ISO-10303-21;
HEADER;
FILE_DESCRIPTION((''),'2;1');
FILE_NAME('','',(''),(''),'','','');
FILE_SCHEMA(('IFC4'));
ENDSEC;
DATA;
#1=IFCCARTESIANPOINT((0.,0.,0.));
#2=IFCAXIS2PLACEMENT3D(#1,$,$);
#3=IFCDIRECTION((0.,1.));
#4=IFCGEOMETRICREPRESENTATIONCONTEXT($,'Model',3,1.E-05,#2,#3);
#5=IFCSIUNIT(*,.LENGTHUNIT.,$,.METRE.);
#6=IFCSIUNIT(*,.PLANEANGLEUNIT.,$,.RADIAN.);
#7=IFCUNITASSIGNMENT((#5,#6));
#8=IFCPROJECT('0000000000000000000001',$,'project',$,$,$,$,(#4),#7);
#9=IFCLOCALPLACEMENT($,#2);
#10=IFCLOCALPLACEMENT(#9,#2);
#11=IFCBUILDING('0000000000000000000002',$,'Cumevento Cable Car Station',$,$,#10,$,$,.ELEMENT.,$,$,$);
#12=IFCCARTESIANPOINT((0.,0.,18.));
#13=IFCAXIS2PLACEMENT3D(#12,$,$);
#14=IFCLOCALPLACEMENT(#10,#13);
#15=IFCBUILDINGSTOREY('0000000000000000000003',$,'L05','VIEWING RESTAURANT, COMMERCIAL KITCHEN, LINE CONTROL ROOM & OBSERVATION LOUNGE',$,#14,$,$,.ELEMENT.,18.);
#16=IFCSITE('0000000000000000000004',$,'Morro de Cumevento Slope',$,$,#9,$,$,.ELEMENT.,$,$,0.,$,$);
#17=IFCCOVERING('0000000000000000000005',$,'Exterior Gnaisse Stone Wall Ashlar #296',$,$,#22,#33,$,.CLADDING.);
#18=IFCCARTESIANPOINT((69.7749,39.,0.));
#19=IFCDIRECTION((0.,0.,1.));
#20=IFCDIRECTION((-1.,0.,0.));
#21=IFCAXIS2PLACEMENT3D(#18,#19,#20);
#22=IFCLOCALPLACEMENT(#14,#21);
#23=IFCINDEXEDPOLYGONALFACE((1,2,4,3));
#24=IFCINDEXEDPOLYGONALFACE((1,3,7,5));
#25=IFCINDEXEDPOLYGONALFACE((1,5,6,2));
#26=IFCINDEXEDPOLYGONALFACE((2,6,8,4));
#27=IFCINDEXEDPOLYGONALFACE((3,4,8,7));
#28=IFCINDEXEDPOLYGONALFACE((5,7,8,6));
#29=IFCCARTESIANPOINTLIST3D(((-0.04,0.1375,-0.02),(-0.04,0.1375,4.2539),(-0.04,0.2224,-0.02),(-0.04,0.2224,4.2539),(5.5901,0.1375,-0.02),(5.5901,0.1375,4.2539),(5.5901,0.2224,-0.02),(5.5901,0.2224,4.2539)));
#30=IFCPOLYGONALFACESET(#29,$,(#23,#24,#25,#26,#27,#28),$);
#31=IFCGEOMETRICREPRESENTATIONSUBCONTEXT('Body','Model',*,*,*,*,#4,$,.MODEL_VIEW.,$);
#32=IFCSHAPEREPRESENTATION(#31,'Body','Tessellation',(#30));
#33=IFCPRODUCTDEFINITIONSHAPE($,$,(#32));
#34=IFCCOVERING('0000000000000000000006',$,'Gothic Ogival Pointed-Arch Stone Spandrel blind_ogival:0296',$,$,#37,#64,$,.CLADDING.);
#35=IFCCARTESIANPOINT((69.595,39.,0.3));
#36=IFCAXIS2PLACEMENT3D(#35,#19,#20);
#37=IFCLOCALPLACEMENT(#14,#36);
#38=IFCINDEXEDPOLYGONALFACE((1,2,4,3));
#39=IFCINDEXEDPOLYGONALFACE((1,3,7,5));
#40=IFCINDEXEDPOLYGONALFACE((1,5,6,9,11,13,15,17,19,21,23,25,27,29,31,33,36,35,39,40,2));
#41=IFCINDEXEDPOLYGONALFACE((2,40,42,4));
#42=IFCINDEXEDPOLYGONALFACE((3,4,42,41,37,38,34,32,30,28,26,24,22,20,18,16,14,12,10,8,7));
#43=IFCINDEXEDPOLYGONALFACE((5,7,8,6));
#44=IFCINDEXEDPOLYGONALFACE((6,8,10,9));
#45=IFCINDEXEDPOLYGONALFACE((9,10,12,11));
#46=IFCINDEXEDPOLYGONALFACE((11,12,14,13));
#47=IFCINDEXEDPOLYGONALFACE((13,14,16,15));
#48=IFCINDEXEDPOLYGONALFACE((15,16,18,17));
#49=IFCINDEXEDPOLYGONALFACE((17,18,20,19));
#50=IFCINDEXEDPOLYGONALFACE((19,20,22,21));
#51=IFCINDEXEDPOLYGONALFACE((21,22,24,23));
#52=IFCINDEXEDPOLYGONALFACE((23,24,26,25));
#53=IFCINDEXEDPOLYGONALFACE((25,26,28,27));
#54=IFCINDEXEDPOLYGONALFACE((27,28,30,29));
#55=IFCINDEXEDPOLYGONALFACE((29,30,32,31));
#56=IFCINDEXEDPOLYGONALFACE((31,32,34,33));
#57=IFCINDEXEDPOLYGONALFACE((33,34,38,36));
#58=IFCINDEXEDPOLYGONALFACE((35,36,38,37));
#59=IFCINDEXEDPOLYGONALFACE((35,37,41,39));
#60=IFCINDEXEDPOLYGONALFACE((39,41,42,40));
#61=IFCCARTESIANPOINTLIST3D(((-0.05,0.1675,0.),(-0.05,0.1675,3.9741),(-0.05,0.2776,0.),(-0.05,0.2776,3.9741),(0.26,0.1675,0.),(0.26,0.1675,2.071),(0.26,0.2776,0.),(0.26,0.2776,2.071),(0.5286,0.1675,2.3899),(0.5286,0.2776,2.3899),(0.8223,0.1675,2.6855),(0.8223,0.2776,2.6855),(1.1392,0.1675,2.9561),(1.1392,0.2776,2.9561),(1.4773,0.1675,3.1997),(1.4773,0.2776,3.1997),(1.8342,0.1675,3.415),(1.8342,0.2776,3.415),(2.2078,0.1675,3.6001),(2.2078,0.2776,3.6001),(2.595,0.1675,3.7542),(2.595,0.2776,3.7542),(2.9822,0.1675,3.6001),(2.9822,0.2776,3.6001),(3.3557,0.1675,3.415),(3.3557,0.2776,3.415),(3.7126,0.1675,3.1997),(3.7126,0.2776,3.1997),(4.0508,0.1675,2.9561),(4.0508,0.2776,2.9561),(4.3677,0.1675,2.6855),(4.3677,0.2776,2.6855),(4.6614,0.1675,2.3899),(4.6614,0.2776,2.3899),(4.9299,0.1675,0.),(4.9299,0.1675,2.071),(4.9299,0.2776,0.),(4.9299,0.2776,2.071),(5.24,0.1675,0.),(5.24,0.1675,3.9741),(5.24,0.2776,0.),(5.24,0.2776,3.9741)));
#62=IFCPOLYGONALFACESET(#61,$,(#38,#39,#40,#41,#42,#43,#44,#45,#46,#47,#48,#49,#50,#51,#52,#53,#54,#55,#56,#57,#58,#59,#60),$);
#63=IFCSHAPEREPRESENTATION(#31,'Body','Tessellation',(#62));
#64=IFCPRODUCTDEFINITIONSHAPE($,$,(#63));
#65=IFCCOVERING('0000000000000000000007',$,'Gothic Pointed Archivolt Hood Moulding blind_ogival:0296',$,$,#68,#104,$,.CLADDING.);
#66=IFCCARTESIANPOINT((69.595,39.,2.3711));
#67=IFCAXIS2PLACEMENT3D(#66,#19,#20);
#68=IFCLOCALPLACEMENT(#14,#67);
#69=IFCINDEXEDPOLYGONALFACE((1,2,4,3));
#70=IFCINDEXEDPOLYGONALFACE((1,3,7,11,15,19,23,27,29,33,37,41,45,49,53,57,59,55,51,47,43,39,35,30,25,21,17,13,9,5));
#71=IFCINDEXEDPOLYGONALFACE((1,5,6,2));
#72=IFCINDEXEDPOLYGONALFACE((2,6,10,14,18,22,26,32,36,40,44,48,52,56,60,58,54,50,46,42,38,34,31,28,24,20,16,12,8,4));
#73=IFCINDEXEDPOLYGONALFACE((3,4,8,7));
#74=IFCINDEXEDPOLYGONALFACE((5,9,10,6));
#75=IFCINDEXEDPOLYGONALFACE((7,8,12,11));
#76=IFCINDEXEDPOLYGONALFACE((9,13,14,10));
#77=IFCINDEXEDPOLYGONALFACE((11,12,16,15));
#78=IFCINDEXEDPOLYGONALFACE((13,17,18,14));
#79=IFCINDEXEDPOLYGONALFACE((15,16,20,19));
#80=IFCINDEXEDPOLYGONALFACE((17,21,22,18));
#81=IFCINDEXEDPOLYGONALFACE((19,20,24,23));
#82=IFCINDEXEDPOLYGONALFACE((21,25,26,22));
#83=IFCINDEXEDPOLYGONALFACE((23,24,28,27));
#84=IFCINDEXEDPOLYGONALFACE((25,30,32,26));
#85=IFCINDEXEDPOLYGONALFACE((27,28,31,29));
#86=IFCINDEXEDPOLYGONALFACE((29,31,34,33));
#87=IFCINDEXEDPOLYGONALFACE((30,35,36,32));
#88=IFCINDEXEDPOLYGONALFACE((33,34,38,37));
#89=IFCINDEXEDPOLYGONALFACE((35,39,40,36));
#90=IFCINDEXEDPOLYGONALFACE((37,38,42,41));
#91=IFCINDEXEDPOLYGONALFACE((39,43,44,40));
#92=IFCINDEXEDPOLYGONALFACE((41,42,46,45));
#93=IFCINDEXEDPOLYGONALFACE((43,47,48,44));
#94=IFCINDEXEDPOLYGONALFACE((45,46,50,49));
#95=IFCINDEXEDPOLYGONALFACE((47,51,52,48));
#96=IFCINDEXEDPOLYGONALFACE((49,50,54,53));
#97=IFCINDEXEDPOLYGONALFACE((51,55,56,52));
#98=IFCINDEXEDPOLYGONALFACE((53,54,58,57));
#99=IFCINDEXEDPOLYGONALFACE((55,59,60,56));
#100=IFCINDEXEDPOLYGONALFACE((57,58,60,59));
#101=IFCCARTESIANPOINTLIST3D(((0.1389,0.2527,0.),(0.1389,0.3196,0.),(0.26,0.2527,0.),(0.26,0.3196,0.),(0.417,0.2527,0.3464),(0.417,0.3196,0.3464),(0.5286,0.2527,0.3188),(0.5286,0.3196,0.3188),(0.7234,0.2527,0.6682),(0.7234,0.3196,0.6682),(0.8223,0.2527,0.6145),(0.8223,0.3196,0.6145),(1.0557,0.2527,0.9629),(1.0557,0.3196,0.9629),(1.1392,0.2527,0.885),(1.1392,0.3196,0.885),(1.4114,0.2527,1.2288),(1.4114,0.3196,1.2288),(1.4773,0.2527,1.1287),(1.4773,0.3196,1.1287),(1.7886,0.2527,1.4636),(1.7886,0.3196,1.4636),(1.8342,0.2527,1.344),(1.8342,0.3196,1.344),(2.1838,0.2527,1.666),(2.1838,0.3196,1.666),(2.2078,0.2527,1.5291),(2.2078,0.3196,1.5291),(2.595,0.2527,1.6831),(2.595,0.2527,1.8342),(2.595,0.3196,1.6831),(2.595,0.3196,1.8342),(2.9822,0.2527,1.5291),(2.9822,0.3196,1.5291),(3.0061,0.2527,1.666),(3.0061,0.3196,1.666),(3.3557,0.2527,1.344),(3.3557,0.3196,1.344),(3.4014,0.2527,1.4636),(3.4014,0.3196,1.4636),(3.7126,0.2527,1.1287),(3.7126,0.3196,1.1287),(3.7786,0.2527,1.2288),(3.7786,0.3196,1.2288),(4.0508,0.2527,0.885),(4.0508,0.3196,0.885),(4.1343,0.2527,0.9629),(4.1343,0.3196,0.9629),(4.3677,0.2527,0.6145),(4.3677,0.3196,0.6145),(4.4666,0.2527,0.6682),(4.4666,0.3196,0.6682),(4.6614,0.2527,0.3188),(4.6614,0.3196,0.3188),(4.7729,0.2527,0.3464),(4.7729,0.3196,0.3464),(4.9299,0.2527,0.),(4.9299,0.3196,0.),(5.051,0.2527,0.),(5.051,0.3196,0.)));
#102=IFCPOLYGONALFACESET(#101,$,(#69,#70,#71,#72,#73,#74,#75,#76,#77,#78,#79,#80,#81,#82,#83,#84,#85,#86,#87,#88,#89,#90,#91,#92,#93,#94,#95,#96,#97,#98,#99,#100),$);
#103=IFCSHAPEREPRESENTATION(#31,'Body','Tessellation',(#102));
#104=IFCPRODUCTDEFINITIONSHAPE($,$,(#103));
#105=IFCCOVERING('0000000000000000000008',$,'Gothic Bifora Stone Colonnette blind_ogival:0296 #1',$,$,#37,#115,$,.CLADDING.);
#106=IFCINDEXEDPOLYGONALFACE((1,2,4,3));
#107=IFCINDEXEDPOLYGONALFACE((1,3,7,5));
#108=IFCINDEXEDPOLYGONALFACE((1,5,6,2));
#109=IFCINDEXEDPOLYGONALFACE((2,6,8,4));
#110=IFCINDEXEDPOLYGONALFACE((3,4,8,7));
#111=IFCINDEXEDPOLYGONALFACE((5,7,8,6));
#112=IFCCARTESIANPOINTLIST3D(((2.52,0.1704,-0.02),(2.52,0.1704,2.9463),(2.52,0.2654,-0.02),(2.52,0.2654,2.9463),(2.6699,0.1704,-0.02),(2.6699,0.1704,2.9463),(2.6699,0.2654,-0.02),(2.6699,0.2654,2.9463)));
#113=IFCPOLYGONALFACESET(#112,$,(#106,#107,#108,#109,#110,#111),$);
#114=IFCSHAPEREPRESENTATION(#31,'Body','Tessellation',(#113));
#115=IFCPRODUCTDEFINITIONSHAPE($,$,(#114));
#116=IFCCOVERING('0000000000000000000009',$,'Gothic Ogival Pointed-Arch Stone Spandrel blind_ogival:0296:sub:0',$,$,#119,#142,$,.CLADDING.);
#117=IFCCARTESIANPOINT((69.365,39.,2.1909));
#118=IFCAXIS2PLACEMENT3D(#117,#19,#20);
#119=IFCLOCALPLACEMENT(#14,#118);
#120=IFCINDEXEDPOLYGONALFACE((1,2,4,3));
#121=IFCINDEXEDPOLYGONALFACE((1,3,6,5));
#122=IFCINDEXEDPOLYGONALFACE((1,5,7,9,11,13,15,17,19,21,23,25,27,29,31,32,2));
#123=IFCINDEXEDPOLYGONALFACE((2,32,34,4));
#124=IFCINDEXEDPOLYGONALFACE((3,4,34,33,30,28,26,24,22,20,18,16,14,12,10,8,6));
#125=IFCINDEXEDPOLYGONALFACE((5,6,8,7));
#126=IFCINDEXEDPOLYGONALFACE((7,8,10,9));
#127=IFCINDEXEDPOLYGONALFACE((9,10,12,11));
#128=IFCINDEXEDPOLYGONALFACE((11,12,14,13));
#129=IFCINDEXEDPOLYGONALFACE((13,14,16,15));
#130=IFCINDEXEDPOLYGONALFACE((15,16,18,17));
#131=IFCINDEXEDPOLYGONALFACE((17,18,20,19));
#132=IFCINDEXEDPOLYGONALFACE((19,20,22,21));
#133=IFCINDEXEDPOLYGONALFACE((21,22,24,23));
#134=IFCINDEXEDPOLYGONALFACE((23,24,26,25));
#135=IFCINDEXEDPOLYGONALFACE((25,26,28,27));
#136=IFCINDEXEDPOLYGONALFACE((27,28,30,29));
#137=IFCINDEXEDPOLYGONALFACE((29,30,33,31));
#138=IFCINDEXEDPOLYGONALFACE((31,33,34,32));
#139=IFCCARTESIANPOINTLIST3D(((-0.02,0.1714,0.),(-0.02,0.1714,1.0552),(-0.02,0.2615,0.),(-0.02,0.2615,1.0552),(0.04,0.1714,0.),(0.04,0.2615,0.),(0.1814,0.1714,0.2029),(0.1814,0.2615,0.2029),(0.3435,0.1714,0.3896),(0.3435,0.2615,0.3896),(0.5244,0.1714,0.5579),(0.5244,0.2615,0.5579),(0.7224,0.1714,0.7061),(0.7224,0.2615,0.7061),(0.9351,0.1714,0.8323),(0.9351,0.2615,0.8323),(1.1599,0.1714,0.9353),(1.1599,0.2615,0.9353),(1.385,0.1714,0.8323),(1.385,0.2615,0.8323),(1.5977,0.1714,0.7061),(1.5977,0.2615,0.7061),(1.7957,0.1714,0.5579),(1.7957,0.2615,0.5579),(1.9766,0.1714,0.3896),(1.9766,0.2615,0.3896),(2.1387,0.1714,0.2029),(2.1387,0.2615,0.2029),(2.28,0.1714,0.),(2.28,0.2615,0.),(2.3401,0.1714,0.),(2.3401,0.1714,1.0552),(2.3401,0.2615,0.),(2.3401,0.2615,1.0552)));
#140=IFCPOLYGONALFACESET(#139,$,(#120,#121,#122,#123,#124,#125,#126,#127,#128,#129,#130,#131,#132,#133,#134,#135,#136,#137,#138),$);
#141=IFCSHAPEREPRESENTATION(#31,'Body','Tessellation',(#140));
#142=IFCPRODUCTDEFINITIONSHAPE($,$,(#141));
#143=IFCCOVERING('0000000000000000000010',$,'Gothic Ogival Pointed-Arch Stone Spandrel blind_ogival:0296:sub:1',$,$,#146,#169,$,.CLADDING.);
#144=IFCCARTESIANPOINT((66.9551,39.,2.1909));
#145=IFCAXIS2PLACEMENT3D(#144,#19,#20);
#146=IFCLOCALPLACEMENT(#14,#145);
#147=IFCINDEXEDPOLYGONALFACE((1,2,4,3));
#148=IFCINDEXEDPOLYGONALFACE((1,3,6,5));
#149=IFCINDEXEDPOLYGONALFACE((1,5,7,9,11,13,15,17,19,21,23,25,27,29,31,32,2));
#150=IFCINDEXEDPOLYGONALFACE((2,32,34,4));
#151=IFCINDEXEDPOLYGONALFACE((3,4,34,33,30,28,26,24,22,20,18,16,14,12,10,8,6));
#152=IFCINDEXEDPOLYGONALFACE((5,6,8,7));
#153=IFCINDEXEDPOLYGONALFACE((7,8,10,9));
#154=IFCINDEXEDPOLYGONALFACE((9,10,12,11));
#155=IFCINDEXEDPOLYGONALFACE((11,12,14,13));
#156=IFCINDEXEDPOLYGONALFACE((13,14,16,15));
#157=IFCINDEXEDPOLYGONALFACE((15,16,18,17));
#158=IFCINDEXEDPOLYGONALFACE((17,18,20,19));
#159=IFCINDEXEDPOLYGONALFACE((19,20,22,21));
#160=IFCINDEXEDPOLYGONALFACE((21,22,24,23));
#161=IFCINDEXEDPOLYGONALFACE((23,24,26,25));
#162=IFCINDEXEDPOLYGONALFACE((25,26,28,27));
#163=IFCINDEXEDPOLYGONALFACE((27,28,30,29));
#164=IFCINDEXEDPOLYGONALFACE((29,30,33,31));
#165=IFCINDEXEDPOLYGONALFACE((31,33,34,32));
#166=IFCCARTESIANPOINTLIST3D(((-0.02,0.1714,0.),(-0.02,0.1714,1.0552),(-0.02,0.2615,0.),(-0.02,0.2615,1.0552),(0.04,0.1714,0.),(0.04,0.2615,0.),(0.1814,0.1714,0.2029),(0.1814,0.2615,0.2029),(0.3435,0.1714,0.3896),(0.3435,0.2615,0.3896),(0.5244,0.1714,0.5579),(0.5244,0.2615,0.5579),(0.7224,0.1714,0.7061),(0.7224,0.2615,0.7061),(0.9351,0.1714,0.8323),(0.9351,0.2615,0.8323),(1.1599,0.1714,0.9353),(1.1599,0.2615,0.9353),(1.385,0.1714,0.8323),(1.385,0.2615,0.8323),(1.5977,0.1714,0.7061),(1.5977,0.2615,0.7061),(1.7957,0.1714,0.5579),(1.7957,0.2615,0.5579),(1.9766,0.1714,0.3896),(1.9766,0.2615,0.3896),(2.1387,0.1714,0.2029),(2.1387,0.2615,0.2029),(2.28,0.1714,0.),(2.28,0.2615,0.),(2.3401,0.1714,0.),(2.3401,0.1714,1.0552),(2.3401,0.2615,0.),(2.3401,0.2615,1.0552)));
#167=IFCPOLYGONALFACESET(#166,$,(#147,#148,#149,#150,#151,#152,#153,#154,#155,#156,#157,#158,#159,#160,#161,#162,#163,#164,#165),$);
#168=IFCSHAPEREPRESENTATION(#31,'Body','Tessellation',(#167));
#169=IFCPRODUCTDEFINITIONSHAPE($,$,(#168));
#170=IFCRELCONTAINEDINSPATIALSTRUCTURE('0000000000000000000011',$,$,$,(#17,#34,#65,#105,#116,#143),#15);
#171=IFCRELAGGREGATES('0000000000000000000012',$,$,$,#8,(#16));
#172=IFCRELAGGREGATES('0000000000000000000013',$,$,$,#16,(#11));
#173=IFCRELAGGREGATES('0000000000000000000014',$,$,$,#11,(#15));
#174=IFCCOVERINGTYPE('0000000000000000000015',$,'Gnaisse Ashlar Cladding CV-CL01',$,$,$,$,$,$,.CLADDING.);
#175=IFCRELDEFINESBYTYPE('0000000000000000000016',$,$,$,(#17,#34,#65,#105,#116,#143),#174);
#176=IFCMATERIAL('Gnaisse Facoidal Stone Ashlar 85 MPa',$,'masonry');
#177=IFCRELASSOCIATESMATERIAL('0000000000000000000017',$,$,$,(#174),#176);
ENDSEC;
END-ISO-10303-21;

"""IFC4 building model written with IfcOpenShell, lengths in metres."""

from ifc_helpers import new_model, si_unit, direction, frame, origin, place, context, subcontext, project, spatial, polyline, outline, extrude, material, type_object, element, save


model = new_model("IFC4")

# Units and contexts
model_context = context("Model", 3, precision=1e-05, world=origin(), true_north=direction((0.0, 1.0)))
body_context = subcontext(model_context, "Body", "Model", "MODEL_VIEW")
ifc_project = project(units=[si_unit("LENGTHUNIT", "METRE"), si_unit("PLANEANGLEUNIT", "RADIAN")], contexts=[model_context])

# Site, building, storey
site_placement = place(None, origin())
site = spatial("IfcSite", under=ifc_project, at=site_placement, Name="Morro de Cumevento Slope", CompositionType="ELEMENT", RefElevation=0.0)
building_placement = place(site_placement, origin())
building = spatial("IfcBuilding", under=site, at=building_placement, Name="Cumevento Cable Car Station", CompositionType="ELEMENT")
storey_placement = place(building_placement, frame((0.0, 0.0, 18.0)))
storey = spatial("IfcBuildingStorey", under=building, at=storey_placement, Name="L05", Description="VIEWING RESTAURANT, COMMERCIAL KITCHEN, LINE CONTROL ROOM & OBSERVATION LOUNGE", CompositionType="ELEMENT", Elevation=18.0)

# Coverings
ifc_material_1 = material(Name="Gnaisse Facoidal Stone Ashlar 85 MPa", Category="masonry")
covering_type = type_object("IfcCoveringType", Name="Gnaisse Ashlar Cladding CV-CL01", PredefinedType="CLADDING", material=ifc_material_1)
covering_1_placement = place(storey_placement, frame((69.7749, 39.0, 0.0), z_axis=(0.0, 0.0, 1.0), x_axis=(-1.0, 0.0, 0.0)))
element("IfcCovering", 1, at=covering_1_placement, inside=storey, type_object=covering_type, Name="Exterior Gnaisse Stone Wall Ashlar #296", PredefinedType="CLADDING", context=body_context, shape_type="SweptSolid", body=[
    extrude(outline(polyline([(-0.04, -0.02), (5.5901, -0.02), (5.5901, 4.2539), (-0.04, 4.2539), (-0.04, -0.02)])), frame((0.0, 0.2224, 0.0), z_axis=(0.0, -1.0, 0.0), x_axis=(1.0, 0.0, 0.0)), (0.0, 0.0, 1.0), 0.085),
])
placement = place(storey_placement, frame((69.595, 39.0, 0.3), z_axis=(0.0, 0.0, 1.0), x_axis=(-1.0, 0.0, 0.0)))
element("IfcCovering", 2, at=placement, inside=storey, type_object=covering_type, Name="Gothic Ogival Pointed-Arch Stone Spandrel blind_ogival:0296", PredefinedType="CLADDING", context=body_context, shape_type="SweptSolid", body=[
    extrude(outline(polyline([(-0.05, 0.0), (-0.05, 3.9741), (5.24, 3.9741), (5.24, 0.0), (4.9299, 0.0), (4.9299, 2.071), (4.6614, 2.3899), (4.3677, 2.6855), (4.0508, 2.9561), (3.7126, 3.1997), (3.3557, 3.415), (2.9822, 3.6001), (2.595, 3.7542), (2.2078, 3.6001), (1.8342, 3.415), (1.4773, 3.1997), (1.1392, 2.9561), (0.8223, 2.6855), (0.5286, 2.3899), (0.26, 2.071), (0.26, 0.0), (-0.05, 0.0)])), frame((0.0, 0.2776, 0.0), z_axis=(0.0, -1.0, 0.0), x_axis=(1.0, 0.0, 0.0)), (0.0, 0.0, 1.0), 0.1101),
])
covering_2_placement = place(storey_placement, frame((69.595, 39.0, 2.3711), z_axis=(0.0, 0.0, 1.0), x_axis=(-1.0, 0.0, 0.0)))
element("IfcCovering", 3, at=covering_2_placement, inside=storey, type_object=covering_type, Name="Gothic Pointed Archivolt Hood Moulding blind_ogival:0296", PredefinedType="CLADDING", context=body_context, shape_type="SweptSolid", body=[
    extrude(outline(polyline([(0.26, 0.0), (0.5286, 0.3188), (0.8223, 0.6145), (1.1392, 0.885), (1.4773, 1.1287), (1.8342, 1.344), (2.2078, 1.5291), (2.595, 1.6831), (2.9822, 1.5291), (3.3557, 1.344), (3.7126, 1.1287), (4.0508, 0.885), (4.3677, 0.6145), (4.6614, 0.3188), (4.9299, 0.0), (5.051, 0.0), (4.7729, 0.3464), (4.4666, 0.6682), (4.1343, 0.9629), (3.7786, 1.2288), (3.4014, 1.4636), (3.0061, 1.666), (2.595, 1.8342), (2.1838, 1.666), (1.7886, 1.4636), (1.4114, 1.2288), (1.0557, 0.9629), (0.7234, 0.6682), (0.417, 0.3464), (0.1389, 0.0), (0.26, 0.0)])), frame((0.0, 0.3196, 0.0), z_axis=(0.0, -1.0, 0.0), x_axis=(1.0, 0.0, 0.0)), (0.0, 0.0, 1.0), 0.0669),
])
element("IfcCovering", 4, at=placement, inside=storey, type_object=covering_type, Name="Gothic Bifora Stone Colonnette blind_ogival:0296 #1", PredefinedType="CLADDING", context=body_context, shape_type="SweptSolid", body=[
    extrude(outline(polyline([(2.52, -0.02), (2.6699, -0.02), (2.6699, 2.9463), (2.52, 2.9463), (2.52, -0.02)])), frame((0.0, 0.2654, 0.0), z_axis=(0.0, -1.0, 0.0), x_axis=(1.0, 0.0, 0.0)), (0.0, 0.0, 1.0), 0.095),
])
for number, where, z_axis, x_axis, name in (
    (5, (69.365, 39.0, 2.1909), (0.0, 0.0, 1.0), (-1.0, 0.0, 0.0), "Gothic Ogival Pointed-Arch Stone Spandrel blind_ogival:0296:sub:0"),
    (6, (66.9551, 39.0, 2.1909), (0.0, 0.0, 1.0), (-1.0, 0.0, 0.0), "Gothic Ogival Pointed-Arch Stone Spandrel blind_ogival:0296:sub:1"),
):
    element("IfcCovering", number, at=place(storey_placement, frame(where, z_axis=z_axis, x_axis=x_axis)), inside=storey, type_object=covering_type, Name=name, PredefinedType="CLADDING", context=body_context, shape_type="SweptSolid", body=[
        extrude(outline(polyline([(-0.02, 0.0), (-0.02, 1.0552), (2.3401, 1.0552), (2.3401, 0.0), (2.28, 0.0), (2.1387, 0.2029), (1.9766, 0.3896), (1.7957, 0.5579), (1.5977, 0.7061), (1.385, 0.8323), (1.1599, 0.9353), (0.9351, 0.8323), (0.7224, 0.7061), (0.5244, 0.5579), (0.3435, 0.3896), (0.1814, 0.2029), (0.04, 0.0), (-0.02, 0.0)])), frame((0.0, 0.2615, 0.0), z_axis=(0.0, -1.0, 0.0), x_axis=(1.0, 0.0, 0.0)), (0.0, 0.0, 1.0), 0.0901),
    ])

save(model, "model.ifc")
